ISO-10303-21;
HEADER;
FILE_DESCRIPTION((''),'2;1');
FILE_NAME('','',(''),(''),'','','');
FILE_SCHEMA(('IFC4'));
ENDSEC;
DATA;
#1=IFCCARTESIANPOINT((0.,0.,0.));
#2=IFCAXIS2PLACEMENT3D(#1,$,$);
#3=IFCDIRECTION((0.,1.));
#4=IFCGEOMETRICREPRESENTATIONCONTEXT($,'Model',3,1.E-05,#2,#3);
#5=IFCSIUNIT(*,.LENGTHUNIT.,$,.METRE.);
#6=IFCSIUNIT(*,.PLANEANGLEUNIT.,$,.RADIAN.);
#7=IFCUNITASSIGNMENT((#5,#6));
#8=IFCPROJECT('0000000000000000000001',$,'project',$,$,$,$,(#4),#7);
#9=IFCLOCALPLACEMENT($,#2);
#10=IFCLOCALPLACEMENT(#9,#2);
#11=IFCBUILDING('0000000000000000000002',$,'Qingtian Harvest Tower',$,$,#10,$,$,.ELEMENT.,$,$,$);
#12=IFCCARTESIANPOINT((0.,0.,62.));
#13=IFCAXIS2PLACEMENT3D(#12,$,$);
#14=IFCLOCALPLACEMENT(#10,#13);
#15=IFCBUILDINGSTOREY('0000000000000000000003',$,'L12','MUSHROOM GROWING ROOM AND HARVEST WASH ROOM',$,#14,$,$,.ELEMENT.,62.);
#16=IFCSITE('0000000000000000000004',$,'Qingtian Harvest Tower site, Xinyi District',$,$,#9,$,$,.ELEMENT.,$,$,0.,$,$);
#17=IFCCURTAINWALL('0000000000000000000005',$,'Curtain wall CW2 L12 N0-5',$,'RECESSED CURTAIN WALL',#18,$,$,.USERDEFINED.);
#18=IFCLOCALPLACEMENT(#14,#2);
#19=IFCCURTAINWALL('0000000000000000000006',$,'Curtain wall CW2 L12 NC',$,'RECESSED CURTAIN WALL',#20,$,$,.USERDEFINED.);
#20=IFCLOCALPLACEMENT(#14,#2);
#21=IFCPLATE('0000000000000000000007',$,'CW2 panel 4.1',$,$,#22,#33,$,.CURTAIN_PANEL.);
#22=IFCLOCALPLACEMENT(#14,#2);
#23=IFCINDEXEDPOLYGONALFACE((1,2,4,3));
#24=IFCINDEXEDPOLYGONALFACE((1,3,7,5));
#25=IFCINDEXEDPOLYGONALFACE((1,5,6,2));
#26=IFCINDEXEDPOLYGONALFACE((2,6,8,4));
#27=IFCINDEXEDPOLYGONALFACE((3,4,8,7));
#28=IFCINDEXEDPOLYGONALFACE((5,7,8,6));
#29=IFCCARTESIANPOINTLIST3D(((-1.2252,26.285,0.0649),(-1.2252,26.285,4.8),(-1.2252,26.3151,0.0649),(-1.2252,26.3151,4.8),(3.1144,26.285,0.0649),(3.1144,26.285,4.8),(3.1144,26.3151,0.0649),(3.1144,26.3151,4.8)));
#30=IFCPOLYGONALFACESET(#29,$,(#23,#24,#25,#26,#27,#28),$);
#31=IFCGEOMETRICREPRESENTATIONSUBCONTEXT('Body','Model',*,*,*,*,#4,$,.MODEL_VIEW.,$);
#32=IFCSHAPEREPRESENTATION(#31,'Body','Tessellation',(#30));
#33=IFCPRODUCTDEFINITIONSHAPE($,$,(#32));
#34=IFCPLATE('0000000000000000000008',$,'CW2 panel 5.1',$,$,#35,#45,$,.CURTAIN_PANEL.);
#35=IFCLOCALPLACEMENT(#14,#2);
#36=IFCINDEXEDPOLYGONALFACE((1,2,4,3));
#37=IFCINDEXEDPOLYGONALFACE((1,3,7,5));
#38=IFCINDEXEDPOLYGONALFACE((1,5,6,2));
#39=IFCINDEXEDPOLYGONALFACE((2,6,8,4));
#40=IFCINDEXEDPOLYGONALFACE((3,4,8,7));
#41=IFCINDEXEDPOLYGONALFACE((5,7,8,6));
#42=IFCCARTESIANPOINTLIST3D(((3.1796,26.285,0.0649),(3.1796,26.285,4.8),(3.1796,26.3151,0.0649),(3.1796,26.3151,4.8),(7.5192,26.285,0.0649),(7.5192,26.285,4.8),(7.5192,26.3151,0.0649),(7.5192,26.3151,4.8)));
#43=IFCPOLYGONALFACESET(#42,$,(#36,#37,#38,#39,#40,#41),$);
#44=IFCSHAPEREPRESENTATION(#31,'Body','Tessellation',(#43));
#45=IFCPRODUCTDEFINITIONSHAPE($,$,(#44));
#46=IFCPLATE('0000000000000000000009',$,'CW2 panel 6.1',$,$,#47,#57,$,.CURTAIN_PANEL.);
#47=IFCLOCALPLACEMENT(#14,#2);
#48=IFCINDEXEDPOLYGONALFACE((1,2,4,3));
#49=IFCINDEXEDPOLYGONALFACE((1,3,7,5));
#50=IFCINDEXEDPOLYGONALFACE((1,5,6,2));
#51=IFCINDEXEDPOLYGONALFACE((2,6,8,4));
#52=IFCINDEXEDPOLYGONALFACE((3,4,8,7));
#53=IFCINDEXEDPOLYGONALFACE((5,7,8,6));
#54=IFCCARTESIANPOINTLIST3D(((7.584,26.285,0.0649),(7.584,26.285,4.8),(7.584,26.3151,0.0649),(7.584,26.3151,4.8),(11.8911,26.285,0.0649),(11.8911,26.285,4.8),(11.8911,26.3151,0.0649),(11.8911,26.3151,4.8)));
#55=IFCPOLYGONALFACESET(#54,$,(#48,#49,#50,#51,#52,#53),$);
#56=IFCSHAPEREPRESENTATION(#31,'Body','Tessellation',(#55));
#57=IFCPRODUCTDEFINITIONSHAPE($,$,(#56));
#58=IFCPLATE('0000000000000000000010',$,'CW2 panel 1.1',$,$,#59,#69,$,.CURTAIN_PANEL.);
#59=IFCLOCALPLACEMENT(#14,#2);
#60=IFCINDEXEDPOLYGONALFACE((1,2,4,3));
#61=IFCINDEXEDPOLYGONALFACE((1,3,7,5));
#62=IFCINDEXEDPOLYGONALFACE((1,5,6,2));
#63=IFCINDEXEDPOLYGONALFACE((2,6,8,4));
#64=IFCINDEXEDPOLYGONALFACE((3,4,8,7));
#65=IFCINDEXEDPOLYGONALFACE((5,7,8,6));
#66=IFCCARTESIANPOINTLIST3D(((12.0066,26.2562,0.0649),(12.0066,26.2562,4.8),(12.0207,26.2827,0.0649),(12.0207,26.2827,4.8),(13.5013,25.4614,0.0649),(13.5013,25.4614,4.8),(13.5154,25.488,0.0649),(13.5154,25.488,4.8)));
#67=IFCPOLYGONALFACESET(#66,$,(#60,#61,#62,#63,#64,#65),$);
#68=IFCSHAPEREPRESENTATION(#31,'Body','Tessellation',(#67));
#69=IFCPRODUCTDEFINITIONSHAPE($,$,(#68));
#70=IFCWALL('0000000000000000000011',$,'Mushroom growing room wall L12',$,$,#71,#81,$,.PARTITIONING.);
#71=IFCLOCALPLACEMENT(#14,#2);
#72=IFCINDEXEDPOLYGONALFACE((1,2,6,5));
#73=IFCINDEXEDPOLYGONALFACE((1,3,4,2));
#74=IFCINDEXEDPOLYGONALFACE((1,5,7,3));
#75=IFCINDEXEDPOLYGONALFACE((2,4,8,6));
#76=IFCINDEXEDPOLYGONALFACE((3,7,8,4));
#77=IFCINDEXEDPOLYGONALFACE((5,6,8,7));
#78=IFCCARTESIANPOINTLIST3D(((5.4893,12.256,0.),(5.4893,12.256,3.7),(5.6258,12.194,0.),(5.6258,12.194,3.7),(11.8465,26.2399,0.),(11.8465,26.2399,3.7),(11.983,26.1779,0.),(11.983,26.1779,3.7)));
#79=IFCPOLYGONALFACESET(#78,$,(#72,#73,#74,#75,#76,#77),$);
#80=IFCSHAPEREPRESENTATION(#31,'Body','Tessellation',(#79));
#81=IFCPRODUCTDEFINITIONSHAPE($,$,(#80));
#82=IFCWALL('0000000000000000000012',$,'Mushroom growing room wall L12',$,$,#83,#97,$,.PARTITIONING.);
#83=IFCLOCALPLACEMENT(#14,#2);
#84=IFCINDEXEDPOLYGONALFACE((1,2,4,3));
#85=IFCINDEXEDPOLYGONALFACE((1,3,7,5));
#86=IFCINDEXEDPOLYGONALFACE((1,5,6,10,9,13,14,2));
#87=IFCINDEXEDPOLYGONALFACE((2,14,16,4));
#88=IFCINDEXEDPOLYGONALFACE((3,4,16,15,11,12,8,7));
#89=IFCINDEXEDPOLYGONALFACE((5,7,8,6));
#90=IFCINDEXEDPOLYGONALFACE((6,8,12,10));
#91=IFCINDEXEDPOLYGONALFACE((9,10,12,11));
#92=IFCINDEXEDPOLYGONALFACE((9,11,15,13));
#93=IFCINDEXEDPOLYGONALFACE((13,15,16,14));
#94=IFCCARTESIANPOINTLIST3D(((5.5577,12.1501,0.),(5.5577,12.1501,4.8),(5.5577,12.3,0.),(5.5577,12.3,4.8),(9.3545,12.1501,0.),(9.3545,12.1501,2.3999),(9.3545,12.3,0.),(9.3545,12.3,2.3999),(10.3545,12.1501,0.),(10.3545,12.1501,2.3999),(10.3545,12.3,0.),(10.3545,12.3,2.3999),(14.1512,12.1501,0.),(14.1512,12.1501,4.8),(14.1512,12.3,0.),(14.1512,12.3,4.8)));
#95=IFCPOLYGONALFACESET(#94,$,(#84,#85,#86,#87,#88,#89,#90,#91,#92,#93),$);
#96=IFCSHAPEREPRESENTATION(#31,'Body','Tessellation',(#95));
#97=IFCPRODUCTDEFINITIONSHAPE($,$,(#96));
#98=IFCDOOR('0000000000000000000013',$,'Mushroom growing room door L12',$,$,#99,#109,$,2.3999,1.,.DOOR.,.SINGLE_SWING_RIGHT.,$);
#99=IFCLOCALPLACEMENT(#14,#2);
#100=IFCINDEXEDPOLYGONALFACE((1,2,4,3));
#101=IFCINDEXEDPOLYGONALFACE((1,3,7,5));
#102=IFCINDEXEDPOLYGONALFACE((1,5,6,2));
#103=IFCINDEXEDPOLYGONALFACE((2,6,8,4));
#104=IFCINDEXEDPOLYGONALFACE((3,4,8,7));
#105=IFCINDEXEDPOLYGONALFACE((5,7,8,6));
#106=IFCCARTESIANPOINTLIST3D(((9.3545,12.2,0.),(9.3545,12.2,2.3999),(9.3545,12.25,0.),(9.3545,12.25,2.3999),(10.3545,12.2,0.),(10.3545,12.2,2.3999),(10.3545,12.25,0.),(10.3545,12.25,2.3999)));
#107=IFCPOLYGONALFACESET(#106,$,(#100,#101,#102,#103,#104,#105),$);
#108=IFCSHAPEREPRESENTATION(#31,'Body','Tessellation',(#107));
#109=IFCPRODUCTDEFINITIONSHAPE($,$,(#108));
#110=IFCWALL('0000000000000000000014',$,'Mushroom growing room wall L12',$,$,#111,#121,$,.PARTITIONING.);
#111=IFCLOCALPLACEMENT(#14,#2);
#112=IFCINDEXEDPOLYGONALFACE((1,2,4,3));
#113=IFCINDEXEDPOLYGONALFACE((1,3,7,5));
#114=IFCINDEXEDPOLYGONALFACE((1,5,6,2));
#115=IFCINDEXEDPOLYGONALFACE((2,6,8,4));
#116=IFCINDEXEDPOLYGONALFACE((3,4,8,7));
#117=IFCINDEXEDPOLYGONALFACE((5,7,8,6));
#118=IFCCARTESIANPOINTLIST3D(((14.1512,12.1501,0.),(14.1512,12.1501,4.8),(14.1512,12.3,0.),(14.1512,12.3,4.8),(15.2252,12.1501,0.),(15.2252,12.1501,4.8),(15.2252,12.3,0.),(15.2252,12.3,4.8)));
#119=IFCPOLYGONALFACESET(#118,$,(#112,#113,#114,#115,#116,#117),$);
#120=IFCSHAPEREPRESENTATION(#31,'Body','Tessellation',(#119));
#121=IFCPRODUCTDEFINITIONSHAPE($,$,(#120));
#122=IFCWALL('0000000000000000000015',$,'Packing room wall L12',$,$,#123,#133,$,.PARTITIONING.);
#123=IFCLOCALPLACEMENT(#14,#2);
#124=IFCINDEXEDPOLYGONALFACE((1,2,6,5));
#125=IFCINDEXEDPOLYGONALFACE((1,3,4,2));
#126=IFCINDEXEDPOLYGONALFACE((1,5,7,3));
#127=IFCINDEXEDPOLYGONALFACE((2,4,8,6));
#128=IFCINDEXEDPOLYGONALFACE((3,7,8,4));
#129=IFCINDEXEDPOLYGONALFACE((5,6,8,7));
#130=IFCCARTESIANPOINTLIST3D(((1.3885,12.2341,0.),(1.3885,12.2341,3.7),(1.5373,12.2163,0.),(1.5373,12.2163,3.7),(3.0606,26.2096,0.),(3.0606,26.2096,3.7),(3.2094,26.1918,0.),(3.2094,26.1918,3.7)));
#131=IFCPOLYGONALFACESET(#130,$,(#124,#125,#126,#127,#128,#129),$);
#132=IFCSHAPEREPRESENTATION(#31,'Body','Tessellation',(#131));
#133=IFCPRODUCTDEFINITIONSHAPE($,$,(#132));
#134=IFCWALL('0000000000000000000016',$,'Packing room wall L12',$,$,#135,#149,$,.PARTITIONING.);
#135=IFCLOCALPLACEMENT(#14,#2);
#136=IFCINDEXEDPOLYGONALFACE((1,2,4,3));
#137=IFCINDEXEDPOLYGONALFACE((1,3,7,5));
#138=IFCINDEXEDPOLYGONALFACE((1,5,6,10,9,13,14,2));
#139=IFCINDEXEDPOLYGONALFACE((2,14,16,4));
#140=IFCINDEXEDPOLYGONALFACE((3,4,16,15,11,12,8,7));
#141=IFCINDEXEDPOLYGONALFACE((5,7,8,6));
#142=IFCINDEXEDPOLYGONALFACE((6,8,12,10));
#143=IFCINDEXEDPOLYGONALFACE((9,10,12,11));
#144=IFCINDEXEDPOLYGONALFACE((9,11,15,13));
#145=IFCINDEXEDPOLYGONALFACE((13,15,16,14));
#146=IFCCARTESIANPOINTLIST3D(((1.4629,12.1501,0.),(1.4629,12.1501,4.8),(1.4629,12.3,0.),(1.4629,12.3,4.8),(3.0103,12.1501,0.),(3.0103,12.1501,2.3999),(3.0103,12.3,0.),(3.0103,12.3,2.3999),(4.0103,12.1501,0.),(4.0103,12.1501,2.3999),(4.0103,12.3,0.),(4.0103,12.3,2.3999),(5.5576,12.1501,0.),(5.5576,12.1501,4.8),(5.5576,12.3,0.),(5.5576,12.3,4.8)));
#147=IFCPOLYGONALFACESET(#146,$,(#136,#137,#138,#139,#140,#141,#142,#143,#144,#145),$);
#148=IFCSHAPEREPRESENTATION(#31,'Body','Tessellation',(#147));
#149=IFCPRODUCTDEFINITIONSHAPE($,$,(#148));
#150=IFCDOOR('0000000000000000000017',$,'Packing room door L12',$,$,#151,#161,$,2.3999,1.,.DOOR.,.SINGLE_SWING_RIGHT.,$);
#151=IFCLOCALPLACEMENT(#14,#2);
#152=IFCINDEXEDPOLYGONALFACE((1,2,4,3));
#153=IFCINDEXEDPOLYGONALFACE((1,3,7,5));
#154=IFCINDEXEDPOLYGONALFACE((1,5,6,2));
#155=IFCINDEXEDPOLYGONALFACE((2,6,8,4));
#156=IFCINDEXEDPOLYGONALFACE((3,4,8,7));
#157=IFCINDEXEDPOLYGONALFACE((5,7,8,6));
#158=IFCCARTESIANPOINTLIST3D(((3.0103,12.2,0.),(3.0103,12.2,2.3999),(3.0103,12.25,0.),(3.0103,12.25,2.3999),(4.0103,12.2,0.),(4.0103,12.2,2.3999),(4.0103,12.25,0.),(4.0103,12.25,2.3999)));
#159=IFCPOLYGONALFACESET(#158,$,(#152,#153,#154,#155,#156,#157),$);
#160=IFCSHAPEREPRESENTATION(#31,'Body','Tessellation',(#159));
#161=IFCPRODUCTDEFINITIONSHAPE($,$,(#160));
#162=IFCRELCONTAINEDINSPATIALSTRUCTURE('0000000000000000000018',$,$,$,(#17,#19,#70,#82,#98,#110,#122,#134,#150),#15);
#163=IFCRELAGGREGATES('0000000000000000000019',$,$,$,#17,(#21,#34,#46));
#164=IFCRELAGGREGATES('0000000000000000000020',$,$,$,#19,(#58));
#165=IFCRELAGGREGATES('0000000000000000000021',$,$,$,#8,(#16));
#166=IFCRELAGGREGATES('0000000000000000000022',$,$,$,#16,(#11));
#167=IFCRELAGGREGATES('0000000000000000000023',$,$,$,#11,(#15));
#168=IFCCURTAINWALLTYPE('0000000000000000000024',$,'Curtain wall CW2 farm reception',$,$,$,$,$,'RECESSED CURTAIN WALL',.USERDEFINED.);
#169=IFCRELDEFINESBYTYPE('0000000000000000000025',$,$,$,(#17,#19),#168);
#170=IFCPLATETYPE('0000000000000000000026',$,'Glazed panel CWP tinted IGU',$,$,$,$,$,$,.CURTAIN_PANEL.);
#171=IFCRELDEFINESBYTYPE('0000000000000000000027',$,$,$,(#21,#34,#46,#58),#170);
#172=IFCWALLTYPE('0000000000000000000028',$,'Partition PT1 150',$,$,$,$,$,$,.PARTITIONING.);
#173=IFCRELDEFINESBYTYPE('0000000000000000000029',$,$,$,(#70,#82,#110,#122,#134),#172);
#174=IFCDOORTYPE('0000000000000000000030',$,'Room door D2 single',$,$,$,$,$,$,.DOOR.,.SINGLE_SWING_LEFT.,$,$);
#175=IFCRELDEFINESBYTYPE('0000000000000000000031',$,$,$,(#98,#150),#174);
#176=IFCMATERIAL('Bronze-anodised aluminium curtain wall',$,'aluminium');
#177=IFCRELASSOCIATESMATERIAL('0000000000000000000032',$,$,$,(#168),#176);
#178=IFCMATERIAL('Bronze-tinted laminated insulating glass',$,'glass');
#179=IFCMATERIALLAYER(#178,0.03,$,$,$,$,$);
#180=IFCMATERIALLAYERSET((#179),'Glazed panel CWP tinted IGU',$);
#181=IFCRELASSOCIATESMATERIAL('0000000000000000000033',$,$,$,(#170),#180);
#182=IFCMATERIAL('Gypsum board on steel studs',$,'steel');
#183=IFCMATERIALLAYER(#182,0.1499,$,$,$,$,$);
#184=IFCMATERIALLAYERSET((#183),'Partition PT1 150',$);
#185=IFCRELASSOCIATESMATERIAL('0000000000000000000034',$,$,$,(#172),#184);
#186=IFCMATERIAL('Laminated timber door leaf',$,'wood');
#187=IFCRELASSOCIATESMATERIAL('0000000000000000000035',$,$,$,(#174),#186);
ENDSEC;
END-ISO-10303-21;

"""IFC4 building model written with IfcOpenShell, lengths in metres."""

from ifc_helpers import new_model, si_unit, direction, frame, frame_2d, origin, origin_2d, place, context, subcontext, project, spatial, rectangle, extrude, material, layer, layer_set, type_object, element, fill, aggregate, save


model = new_model("IFC4")

# Units and contexts
model_context = context("Model", 3, precision=1e-05, world=origin(), true_north=direction((0.0, 1.0)))
body_context = subcontext(model_context, "Body", "Model", "MODEL_VIEW")
ifc_project = project(units=[si_unit("LENGTHUNIT", "METRE"), si_unit("PLANEANGLEUNIT", "RADIAN")], contexts=[model_context])

# Site, building, storey
site_placement = place(None, origin())
site = spatial("IfcSite", under=ifc_project, at=site_placement, Name="Qingtian Harvest Tower site, Xinyi District", CompositionType="ELEMENT", RefElevation=0.0)
building_placement = place(site_placement, origin())
building = spatial("IfcBuilding", under=site, at=building_placement, Name="Qingtian Harvest Tower", CompositionType="ELEMENT")
storey_placement = place(building_placement, frame((0.0, 0.0, 62.0)))
storey = spatial("IfcBuildingStorey", under=building, at=storey_placement, Name="L12", Description="MUSHROOM GROWING ROOM AND HARVEST WASH ROOM", CompositionType="ELEMENT", Elevation=62.0)

# Curtain walls
ifc_material_1 = material(Name="Bronze-anodised aluminium curtain wall", Category="aluminium")
curtain_wall_type = type_object("IfcCurtainWallType", Name="Curtain wall CW2 farm reception", ElementType="RECESSED CURTAIN WALL", PredefinedType="USERDEFINED", material=ifc_material_1)
curtain_wall_1_placement = place(storey_placement, origin())
curtain_wall_1 = element("IfcCurtainWall", 1, at=curtain_wall_1_placement, inside=storey, type_object=curtain_wall_type, Name="Curtain wall CW2 L12 N0-5", ObjectType="RECESSED CURTAIN WALL", PredefinedType="USERDEFINED")
curtain_wall_2_placement = place(storey_placement, origin())
curtain_wall_2 = element("IfcCurtainWall", 2, at=curtain_wall_2_placement, inside=storey, type_object=curtain_wall_type, Name="Curtain wall CW2 L12 NC", ObjectType="RECESSED CURTAIN WALL", PredefinedType="USERDEFINED")

# Plates
ifc_material_2 = material(Name="Bronze-tinted laminated insulating glass", Category="glass")
ifc_layer_1 = layer(ifc_material_2, 0.03)
ifc_layer_set_1 = layer_set([ifc_layer_1], Name="Glazed panel CWP tinted IGU")
plate_type = type_object("IfcPlateType", Name="Glazed panel CWP tinted IGU", PredefinedType="CURTAIN_PANEL", material=ifc_layer_set_1)
plate_1_placement = place(storey_placement, frame((0.9446, 26.3, 0.0649), z_axis=(0.0, 0.0, 1.0), x_axis=(1.0, 0.0, 0.0)))
plate_1 = element("IfcPlate", 3, at=plate_1_placement, type_object=plate_type, Name="CW2 panel 4.1", PredefinedType="CURTAIN_PANEL", context=body_context, shape_type="SweptSolid", body=[
    extrude(rectangle(XDim=4.3396, YDim=0.03, at=origin_2d()), origin(), (0.0, 0.0, 1.0), 4.7351),
])
plate_2_placement = place(storey_placement, frame((5.3494, 26.3, 0.0649), z_axis=(0.0, 0.0, 1.0), x_axis=(1.0, 0.0, 0.0)))
plate_2 = element("IfcPlate", 4, at=plate_2_placement, type_object=plate_type, Name="CW2 panel 5.1", PredefinedType="CURTAIN_PANEL", context=body_context, shape_type="SweptSolid", body=[
    extrude(rectangle(XDim=4.3396, YDim=0.03, at=origin_2d()), origin(), (0.0, 0.0, 1.0), 4.7351),
])
plate_3_placement = place(storey_placement, frame((9.7375, 26.3, 0.0649), z_axis=(0.0, 0.0, 1.0), x_axis=(1.0, 0.0, 0.0)))
plate_3 = element("IfcPlate", 5, at=plate_3_placement, type_object=plate_type, Name="CW2 panel 6.1", PredefinedType="CURTAIN_PANEL", context=body_context, shape_type="SweptSolid", body=[
    extrude(rectangle(XDim=4.3071, YDim=0.03, at=origin_2d()), origin(), (0.0, 0.0, 1.0), 4.7351),
])
aggregate(curtain_wall_1, [plate_1, plate_2, plate_3])
plate_4_placement = place(storey_placement, frame((12.761, 25.8721, 0.0649), z_axis=(0.0, 0.0, 1.0), x_axis=(0.882948, -0.469472, 0.0)))
plate_4 = element("IfcPlate", 6, at=plate_4_placement, type_object=plate_type, Name="CW2 panel 1.1", PredefinedType="CURTAIN_PANEL", context=body_context, shape_type="SweptSolid", body=[
    extrude(rectangle(XDim=1.6929, YDim=0.03, at=origin_2d()), origin(), (0.0, 0.0, 1.0), 4.7351),
])
aggregate(curtain_wall_2, [plate_4])

# Wall
ifc_material_3 = material(Name="Gypsum board on steel studs", Category="steel")
ifc_layer_2 = layer(ifc_material_3, 0.1499)
ifc_layer_set_2 = layer_set([ifc_layer_2], Name="Partition PT1 150")
wall_type = type_object("IfcWallType", Name="Partition PT1 150", PredefinedType="PARTITIONING", material=ifc_layer_set_2)
wall_1_placement = place(storey_placement, frame((11.9148, 26.209, 0.0), z_axis=(0.0, 0.0, 1.0), x_axis=(-0.41385, -0.910345, 0.0)))
element("IfcWall", 7, at=wall_1_placement, inside=storey, type_object=wall_type, Name="Mushroom growing room wall L12", PredefinedType="PARTITIONING", context=body_context, shape_type="SweptSolid", body=[
    extrude(rectangle(XDim=15.3611, YDim=0.1499, at=frame_2d((7.6807, 0.0))), origin(), (0.0, 0.0, 1.0), 3.7),
])

# Wall, opening, door
wall_2_placement = place(storey_placement, frame((5.5576, 12.2251, 0.0), z_axis=(0.0, 0.0, 1.0), x_axis=(1.0, 0.0, 0.0)))
wall_2 = element("IfcWall", 8, at=wall_2_placement, inside=storey, type_object=wall_type, Name="Mushroom growing room wall L12", PredefinedType="PARTITIONING", context=body_context, shape_type="SweptSolid", body=[
    extrude(rectangle(XDim=8.5935, YDim=0.1499, at=frame_2d((4.2969, 0.0))), origin(), (0.0, 0.0, 1.0), 4.8),
])
opening_1_placement = place(wall_2_placement, frame((3.7969, 0.0, 0.0)))
opening_1 = element("IfcOpeningElement", 9, at=opening_1_placement, cuts=wall_2, PredefinedType="OPENING", context=body_context, shape_type="SweptSolid", body=[
    extrude(rectangle(XDim=1.0, YDim=2.3999, at=frame_2d((0.5, 1.2))), frame((0.0, 0.085, 0.0), z_axis=(0.0, -1.0, 0.0), x_axis=(1.0, 0.0, 0.0)), (0.0, 0.0, 1.0), 0.1699),
])
ifc_material_4 = material(Name="Laminated timber door leaf", Category="wood")
door_type = type_object("IfcDoorType", Name="Room door D2 single", OperationType="SINGLE_SWING_LEFT", PredefinedType="DOOR", material=ifc_material_4)
door_1_placement = place(opening_1_placement, origin())
door_1 = element("IfcDoor", 10, at=door_1_placement, inside=storey, type_object=door_type, Name="Mushroom growing room door L12", OperationType="SINGLE_SWING_RIGHT", OverallHeight=2.3999, OverallWidth=1.0, PredefinedType="DOOR", context=body_context, shape_type="SweptSolid", body=[
    extrude(rectangle(XDim=1.0, YDim=2.3999, at=frame_2d((0.5, 1.2))), frame((0.0, 0.0249, 0.0), z_axis=(0.0, -1.0, 0.0), x_axis=(1.0, 0.0, 0.0)), (0.0, 0.0, 1.0), 0.05),
])
fill(opening_1, door_1)

# Walls
wall_3_placement = place(storey_placement, frame((14.1511, 12.2251, 0.0), z_axis=(0.0, 0.0, 1.0), x_axis=(1.0, 0.0, 0.0)))
element("IfcWall", 11, at=wall_3_placement, inside=storey, type_object=wall_type, Name="Mushroom growing room wall L12", PredefinedType="PARTITIONING", context=body_context, shape_type="SweptSolid", body=[
    extrude(rectangle(XDim=1.074, YDim=0.1499, at=frame_2d((0.5371, 0.0))), origin(), (0.0, 0.0, 1.0), 4.8),
])
wall_4_placement = place(storey_placement, frame((3.135, 26.2007, 0.0), z_axis=(0.0, 0.0, 1.0), x_axis=(-0.118798, -0.992918, 0.0)))
element("IfcWall", 12, at=wall_4_placement, inside=storey, type_object=wall_type, Name="Packing room wall L12", PredefinedType="PARTITIONING", context=body_context, shape_type="SweptSolid", body=[
    extrude(rectangle(XDim=14.0752, YDim=0.1499, at=frame_2d((7.0376, 0.0))), origin(), (0.0, 0.0, 1.0), 3.7),
])

# Wall, opening, door
wall_5_placement = place(storey_placement, frame((1.4629, 12.2251, 0.0), z_axis=(0.0, 0.0, 1.0), x_axis=(1.0, 0.0, 0.0)))
wall_5 = element("IfcWall", 13, at=wall_5_placement, inside=storey, type_object=wall_type, Name="Packing room wall L12", PredefinedType="PARTITIONING", context=body_context, shape_type="SweptSolid", body=[
    extrude(rectangle(XDim=4.0947, YDim=0.1499, at=frame_2d((2.0474, 0.0))), origin(), (0.0, 0.0, 1.0), 4.8),
])
opening_2_placement = place(wall_5_placement, frame((1.5474, 0.0, 0.0)))
opening_2 = element("IfcOpeningElement", 14, at=opening_2_placement, cuts=wall_5, PredefinedType="OPENING", context=body_context, shape_type="SweptSolid", body=[
    extrude(rectangle(XDim=1.0, YDim=2.3999, at=frame_2d((0.5, 1.2))), frame((0.0, 0.085, 0.0), z_axis=(0.0, -1.0, 0.0), x_axis=(1.0, 0.0, 0.0)), (0.0, 0.0, 1.0), 0.1699),
])
door_2_placement = place(opening_2_placement, origin())
door_2 = element("IfcDoor", 15, at=door_2_placement, inside=storey, type_object=door_type, Name="Packing room door L12", OperationType="SINGLE_SWING_RIGHT", OverallHeight=2.3999, OverallWidth=1.0, PredefinedType="DOOR", context=body_context, shape_type="SweptSolid", body=[
    extrude(rectangle(XDim=1.0, YDim=2.3999, at=frame_2d((0.5, 1.2))), frame((0.0, 0.0249, 0.0), z_axis=(0.0, -1.0, 0.0), x_axis=(1.0, 0.0, 0.0)), (0.0, 0.0, 1.0), 0.05),
])
fill(opening_2, door_2)

save(model, "model.ifc")
